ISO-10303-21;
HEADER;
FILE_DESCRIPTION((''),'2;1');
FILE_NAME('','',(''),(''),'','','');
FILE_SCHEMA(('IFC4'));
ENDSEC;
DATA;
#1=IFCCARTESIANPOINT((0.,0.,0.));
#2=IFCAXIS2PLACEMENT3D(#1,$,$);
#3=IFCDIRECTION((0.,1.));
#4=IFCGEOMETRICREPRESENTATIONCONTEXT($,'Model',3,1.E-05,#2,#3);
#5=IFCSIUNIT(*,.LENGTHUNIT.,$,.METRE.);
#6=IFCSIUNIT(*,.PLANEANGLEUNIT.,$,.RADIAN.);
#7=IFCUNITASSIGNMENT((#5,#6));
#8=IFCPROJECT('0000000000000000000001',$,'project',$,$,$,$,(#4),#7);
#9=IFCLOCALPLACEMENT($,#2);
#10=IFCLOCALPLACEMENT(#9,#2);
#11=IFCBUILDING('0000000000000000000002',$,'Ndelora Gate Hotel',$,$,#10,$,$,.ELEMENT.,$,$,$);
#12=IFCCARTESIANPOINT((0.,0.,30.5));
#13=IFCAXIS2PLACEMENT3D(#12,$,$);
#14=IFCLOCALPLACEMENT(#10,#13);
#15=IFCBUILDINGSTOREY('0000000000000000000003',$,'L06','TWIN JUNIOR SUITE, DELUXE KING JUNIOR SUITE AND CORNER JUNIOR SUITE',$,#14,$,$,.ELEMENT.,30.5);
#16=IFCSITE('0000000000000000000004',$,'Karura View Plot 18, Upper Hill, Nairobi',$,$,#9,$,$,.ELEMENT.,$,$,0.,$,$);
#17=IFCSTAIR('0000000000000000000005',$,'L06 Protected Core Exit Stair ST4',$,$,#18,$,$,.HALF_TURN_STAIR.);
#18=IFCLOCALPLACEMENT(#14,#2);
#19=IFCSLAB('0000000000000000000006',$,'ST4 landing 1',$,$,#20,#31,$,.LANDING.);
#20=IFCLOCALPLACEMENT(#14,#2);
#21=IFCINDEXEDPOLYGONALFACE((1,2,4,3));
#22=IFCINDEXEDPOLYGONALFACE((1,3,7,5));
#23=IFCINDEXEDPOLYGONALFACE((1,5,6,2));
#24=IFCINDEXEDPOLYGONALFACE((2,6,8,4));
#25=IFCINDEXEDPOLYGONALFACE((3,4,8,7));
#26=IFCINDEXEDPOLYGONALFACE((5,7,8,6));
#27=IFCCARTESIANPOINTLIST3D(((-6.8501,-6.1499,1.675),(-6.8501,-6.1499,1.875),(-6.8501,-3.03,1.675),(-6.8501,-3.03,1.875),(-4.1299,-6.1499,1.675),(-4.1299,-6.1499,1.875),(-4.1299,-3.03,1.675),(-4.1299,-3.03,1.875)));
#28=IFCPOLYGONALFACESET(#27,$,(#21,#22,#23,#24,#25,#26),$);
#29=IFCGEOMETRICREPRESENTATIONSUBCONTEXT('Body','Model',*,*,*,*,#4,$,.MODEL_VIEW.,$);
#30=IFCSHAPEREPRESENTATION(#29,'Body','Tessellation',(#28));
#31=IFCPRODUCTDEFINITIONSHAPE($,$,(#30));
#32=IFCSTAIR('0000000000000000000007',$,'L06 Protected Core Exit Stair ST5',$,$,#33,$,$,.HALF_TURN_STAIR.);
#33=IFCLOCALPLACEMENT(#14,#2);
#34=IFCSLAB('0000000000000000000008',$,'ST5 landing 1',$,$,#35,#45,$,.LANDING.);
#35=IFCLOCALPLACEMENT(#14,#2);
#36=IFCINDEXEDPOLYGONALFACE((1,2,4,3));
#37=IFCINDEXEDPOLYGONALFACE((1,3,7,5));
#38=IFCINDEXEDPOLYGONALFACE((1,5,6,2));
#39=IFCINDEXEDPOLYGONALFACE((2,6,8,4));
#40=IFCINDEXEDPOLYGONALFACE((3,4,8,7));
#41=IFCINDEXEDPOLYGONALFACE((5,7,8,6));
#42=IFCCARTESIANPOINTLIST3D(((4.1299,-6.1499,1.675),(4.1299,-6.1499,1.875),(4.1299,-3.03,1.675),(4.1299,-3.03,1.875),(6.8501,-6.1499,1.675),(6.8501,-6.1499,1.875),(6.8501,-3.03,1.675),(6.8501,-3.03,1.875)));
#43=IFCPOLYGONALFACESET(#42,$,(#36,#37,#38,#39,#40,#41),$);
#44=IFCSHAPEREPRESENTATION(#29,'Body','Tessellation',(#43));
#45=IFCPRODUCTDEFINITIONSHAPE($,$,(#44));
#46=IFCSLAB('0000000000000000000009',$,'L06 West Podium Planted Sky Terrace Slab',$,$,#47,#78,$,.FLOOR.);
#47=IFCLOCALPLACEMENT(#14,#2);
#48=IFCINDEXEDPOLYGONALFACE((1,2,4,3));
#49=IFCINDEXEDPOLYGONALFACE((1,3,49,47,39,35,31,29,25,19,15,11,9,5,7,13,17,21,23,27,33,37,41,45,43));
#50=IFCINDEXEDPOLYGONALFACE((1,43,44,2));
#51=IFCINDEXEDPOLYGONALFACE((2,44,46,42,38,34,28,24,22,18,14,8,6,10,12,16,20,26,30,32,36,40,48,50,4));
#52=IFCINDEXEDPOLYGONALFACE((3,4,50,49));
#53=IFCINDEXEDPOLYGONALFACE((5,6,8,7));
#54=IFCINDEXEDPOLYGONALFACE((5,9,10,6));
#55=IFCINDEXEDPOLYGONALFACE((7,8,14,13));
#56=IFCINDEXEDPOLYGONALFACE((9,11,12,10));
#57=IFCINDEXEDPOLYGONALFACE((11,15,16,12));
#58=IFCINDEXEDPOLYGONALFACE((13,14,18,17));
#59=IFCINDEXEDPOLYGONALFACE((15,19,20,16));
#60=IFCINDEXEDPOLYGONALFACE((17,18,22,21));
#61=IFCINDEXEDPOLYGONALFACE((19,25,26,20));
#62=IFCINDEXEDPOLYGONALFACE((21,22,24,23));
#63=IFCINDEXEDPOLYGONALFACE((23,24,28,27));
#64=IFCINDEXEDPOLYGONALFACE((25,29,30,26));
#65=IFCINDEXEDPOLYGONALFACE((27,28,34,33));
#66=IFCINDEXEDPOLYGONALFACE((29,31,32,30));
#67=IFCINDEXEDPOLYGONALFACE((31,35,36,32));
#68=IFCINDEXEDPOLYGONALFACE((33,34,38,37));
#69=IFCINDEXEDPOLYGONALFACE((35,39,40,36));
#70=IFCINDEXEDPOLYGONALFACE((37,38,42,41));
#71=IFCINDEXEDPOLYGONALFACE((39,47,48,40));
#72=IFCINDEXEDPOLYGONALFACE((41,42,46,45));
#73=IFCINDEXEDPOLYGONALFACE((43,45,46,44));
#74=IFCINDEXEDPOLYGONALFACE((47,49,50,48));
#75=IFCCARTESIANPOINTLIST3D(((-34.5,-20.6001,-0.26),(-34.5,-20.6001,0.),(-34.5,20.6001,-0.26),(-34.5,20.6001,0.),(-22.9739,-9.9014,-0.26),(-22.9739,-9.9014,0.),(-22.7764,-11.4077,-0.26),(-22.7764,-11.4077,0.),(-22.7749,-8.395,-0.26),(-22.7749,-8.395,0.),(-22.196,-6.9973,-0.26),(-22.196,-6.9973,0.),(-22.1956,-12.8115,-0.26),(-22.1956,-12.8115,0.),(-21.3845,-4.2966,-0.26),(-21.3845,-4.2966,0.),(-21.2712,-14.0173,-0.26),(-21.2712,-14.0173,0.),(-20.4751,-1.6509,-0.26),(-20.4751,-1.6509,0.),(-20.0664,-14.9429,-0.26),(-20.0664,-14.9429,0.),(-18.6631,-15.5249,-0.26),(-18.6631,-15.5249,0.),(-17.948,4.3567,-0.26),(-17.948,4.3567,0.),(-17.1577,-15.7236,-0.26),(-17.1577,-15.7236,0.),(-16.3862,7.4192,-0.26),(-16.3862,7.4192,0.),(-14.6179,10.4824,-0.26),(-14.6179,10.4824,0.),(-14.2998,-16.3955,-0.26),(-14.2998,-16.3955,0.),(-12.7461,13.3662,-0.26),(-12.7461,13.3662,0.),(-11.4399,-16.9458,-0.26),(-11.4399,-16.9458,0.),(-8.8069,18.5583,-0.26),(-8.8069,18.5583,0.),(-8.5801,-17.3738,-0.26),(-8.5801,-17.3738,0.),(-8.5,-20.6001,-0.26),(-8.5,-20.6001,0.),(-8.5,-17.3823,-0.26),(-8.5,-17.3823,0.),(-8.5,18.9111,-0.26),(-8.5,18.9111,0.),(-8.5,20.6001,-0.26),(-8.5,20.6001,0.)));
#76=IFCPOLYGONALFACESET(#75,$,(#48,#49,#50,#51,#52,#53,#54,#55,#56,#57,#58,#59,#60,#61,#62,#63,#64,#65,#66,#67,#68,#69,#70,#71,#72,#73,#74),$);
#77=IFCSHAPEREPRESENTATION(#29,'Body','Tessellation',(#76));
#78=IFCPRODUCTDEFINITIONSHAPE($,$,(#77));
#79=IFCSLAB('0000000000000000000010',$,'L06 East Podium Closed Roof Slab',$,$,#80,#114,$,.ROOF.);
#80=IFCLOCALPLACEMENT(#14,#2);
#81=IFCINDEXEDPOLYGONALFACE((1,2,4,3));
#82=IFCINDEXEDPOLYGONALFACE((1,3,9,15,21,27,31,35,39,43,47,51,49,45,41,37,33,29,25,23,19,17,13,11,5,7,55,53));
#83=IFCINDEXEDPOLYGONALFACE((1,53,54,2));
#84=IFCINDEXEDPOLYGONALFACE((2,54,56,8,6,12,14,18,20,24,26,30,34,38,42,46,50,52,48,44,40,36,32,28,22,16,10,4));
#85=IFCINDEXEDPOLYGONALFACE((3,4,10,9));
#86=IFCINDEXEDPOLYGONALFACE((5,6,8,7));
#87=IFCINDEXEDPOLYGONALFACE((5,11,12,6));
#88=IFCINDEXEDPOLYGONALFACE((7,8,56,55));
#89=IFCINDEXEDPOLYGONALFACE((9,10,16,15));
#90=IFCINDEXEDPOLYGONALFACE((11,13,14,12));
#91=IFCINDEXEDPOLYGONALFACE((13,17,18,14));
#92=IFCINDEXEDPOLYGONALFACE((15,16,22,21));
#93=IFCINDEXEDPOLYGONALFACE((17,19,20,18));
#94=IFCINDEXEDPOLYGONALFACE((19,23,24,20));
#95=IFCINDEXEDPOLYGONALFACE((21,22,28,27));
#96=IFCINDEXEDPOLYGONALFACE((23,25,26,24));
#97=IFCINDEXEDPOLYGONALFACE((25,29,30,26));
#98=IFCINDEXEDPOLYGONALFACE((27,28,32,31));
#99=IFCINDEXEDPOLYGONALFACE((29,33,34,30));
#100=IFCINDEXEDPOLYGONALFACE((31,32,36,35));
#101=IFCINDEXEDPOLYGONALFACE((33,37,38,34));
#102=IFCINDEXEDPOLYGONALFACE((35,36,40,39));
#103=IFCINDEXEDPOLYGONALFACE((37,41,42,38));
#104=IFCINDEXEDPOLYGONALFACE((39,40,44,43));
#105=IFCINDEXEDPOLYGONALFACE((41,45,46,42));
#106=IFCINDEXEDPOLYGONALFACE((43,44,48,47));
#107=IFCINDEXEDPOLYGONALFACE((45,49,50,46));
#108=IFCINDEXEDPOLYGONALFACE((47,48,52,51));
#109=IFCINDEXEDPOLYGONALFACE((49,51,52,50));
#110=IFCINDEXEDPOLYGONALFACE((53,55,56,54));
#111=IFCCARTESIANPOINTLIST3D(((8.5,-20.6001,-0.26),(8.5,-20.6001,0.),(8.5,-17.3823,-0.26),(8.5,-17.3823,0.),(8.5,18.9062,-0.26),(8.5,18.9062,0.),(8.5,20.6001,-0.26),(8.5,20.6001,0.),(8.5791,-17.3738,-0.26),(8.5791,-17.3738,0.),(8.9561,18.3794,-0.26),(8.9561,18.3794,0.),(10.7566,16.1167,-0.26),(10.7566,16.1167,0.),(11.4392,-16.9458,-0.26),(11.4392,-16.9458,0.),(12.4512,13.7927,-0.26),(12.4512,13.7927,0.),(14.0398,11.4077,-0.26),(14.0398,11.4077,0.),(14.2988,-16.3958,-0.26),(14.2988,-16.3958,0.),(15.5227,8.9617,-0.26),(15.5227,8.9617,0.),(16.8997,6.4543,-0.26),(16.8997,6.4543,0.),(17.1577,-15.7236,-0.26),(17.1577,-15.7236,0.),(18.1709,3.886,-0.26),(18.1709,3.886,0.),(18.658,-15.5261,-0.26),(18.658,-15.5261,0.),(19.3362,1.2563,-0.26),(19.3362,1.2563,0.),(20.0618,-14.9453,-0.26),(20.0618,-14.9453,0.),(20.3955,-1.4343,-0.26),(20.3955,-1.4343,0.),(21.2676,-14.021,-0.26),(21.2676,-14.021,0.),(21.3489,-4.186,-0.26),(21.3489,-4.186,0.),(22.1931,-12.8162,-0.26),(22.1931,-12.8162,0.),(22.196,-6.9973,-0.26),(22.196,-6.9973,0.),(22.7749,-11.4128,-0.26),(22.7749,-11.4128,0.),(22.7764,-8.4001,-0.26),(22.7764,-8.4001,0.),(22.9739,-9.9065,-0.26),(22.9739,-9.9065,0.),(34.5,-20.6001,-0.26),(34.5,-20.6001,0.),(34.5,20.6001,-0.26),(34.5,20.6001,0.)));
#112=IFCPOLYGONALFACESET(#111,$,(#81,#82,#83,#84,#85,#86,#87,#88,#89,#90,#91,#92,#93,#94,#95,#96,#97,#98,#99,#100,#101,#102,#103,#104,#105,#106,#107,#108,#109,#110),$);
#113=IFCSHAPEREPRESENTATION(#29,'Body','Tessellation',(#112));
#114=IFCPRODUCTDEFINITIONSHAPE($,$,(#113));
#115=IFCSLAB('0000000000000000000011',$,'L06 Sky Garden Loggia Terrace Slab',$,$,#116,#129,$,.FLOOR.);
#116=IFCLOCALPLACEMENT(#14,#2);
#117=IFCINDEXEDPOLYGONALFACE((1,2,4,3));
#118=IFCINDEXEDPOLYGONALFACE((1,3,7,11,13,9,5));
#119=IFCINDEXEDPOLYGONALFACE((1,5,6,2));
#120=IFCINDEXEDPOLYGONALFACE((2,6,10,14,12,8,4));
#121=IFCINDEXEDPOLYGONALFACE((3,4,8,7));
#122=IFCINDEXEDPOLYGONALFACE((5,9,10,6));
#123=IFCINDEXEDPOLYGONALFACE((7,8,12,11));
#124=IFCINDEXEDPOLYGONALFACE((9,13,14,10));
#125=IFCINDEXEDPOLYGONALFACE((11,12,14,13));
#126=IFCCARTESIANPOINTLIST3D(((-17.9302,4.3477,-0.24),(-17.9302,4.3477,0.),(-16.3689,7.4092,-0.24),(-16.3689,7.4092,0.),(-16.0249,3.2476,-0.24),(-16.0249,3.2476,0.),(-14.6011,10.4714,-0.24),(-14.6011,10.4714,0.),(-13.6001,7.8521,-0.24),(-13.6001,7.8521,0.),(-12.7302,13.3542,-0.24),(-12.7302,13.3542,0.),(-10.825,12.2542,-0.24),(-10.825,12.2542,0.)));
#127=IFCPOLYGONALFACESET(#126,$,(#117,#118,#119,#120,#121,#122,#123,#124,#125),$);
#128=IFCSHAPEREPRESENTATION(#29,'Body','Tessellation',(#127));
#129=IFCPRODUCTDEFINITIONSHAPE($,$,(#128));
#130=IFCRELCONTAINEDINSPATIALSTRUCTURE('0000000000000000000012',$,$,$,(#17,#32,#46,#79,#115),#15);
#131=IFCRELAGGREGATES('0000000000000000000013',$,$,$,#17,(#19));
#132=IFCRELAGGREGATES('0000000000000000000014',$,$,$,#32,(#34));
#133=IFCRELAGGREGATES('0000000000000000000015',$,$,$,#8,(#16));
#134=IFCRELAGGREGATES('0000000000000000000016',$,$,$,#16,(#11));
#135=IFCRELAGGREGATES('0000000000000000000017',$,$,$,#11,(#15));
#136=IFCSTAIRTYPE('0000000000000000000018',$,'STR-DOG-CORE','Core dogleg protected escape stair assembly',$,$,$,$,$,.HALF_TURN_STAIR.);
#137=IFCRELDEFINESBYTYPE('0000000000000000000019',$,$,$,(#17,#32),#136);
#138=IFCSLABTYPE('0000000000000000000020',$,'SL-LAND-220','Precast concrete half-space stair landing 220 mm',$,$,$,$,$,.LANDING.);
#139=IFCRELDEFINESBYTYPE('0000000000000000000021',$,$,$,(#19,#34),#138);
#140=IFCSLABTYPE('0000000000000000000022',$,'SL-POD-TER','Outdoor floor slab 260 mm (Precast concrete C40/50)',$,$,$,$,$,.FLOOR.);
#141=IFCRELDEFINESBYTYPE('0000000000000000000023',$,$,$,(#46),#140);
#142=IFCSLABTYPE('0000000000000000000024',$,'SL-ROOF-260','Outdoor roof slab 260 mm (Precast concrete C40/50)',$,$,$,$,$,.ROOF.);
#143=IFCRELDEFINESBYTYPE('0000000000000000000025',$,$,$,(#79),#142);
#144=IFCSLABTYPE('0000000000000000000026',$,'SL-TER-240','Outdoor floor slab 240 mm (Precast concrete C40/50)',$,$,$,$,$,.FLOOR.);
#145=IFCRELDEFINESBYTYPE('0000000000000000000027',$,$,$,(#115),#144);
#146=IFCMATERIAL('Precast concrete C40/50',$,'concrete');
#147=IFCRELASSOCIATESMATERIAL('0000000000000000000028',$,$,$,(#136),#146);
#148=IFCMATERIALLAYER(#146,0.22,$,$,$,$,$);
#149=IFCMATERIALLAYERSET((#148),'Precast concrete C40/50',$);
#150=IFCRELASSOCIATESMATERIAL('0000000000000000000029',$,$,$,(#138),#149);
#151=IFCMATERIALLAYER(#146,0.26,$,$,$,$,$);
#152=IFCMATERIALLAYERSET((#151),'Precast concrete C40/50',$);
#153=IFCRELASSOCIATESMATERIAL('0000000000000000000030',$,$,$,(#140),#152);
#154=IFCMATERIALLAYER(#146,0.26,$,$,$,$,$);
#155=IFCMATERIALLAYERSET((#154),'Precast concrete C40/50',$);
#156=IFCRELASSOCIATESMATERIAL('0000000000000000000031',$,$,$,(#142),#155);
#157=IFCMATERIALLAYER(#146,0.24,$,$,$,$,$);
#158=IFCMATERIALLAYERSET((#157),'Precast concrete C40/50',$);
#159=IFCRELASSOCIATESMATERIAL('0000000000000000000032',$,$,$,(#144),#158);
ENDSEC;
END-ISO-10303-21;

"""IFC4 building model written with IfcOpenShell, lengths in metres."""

from ifc_helpers import new_model, si_unit, direction, frame, origin, place, context, subcontext, project, spatial, polyline, outline, extrude, material, layer, layer_set, type_object, element, aggregate, save


model = new_model("IFC4")

# Units and contexts
model_context = context("Model", 3, precision=1e-05, world=origin(), true_north=direction((0.0, 1.0)))
body_context = subcontext(model_context, "Body", "Model", "MODEL_VIEW")
ifc_project = project(units=[si_unit("LENGTHUNIT", "METRE"), si_unit("PLANEANGLEUNIT", "RADIAN")], contexts=[model_context])

# Site, building, storey
site_placement = place(None, origin())
site = spatial("IfcSite", under=ifc_project, at=site_placement, Name="Karura View Plot 18, Upper Hill, Nairobi", CompositionType="ELEMENT", RefElevation=0.0)
building_placement = place(site_placement, origin())
building = spatial("IfcBuilding", under=site, at=building_placement, Name="Ndelora Gate Hotel", CompositionType="ELEMENT")
storey_placement = place(building_placement, frame((0.0, 0.0, 30.5)))
storey = spatial("IfcBuildingStorey", under=building, at=storey_placement, Name="L06", Description="TWIN JUNIOR SUITE, DELUXE KING JUNIOR SUITE AND CORNER JUNIOR SUITE", CompositionType="ELEMENT", Elevation=30.5)

# Stairs, slabs
ifc_material_1 = material(Name="Precast concrete C40/50", Category="concrete")
stair_type = type_object("IfcStairType", Name="STR-DOG-CORE", Description="Core dogleg protected escape stair assembly", PredefinedType="HALF_TURN_STAIR", material=ifc_material_1)
stair_1_placement = place(storey_placement, origin())
stair_1 = element("IfcStair", 1, at=stair_1_placement, inside=storey, type_object=stair_type, Name="L06 Protected Core Exit Stair ST4", PredefinedType="HALF_TURN_STAIR")
ifc_layer_1 = layer(ifc_material_1, 0.22)
ifc_layer_set_1 = layer_set([ifc_layer_1], Name="Precast concrete C40/50")
slab_type_1 = type_object("IfcSlabType", Name="SL-LAND-220", Description="Precast concrete half-space stair landing 220 mm", PredefinedType="LANDING", material=ifc_layer_set_1)
slab_1_placement = place(storey_placement, frame((0.0, 0.0, 1.675)))
slab_1 = element("IfcSlab", 2, at=slab_1_placement, type_object=slab_type_1, Name="ST4 landing 1", PredefinedType="LANDING", context=body_context, shape_type="SweptSolid", body=[
    extrude(outline(polyline([(-6.8501, -3.03), (-6.8501, -6.1499), (-4.1299, -6.1499), (-4.1299, -3.03), (-6.8501, -3.03)])), origin(), (0.0, 0.0, 1.0), 0.2),
])
aggregate(stair_1, [slab_1])
stair_2_placement = place(storey_placement, origin())
stair_2 = element("IfcStair", 3, at=stair_2_placement, inside=storey, type_object=stair_type, Name="L06 Protected Core Exit Stair ST5", PredefinedType="HALF_TURN_STAIR")
slab_2_placement = place(storey_placement, frame((0.0, 0.0, 1.675)))
slab_2 = element("IfcSlab", 4, at=slab_2_placement, type_object=slab_type_1, Name="ST5 landing 1", PredefinedType="LANDING", context=body_context, shape_type="SweptSolid", body=[
    extrude(outline(polyline([(4.1299, -3.03), (4.1299, -6.1499), (6.8501, -6.1499), (6.8501, -3.03), (4.1299, -3.03)])), origin(), (0.0, 0.0, 1.0), 0.2),
])

# Slabs
ifc_layer_2 = layer(ifc_material_1, 0.26)
ifc_layer_set_2 = layer_set([ifc_layer_2], Name="Precast concrete C40/50")
slab_type_2 = type_object("IfcSlabType", Name="SL-POD-TER", Description="Outdoor floor slab 260 mm (Precast concrete C40/50)", PredefinedType="FLOOR", material=ifc_layer_set_2)
slab_3_placement = place(storey_placement, frame((0.0, 0.0, -0.26)))
element("IfcSlab", 5, at=slab_3_placement, inside=storey, type_object=slab_type_2, Name="L06 West Podium Planted Sky Terrace Slab", PredefinedType="FLOOR", context=body_context, shape_type="SweptSolid", body=[
    extrude(outline(polyline([(-8.5, -17.3823), (-8.5801, -17.3738), (-11.4399, -16.9458), (-14.2998, -16.3955), (-17.1577, -15.7236), (-18.6631, -15.5249), (-20.0664, -14.9429), (-21.2712, -14.0173), (-22.1956, -12.8115), (-22.7764, -11.4077), (-22.9739, -9.9014), (-22.7749, -8.395), (-22.196, -6.9973), (-21.3845, -4.2966), (-20.4751, -1.6509), (-17.948, 4.3567), (-16.3862, 7.4192), (-14.6179, 10.4824), (-12.7461, 13.3662), (-8.8069, 18.5583), (-8.5, 18.9111), (-8.5, 20.6001), (-34.5, 20.6001), (-34.5, -20.6001), (-8.5, -20.6001), (-8.5, -17.3823)])), origin(), (0.0, 0.0, 1.0), 0.26),
])
ifc_layer_3 = layer(ifc_material_1, 0.26)
ifc_layer_set_3 = layer_set([ifc_layer_3], Name="Precast concrete C40/50")
slab_type_3 = type_object("IfcSlabType", Name="SL-ROOF-260", Description="Outdoor roof slab 260 mm (Precast concrete C40/50)", PredefinedType="ROOF", material=ifc_layer_set_3)
slab_4_placement = place(storey_placement, frame((0.0, 0.0, -0.26)))
element("IfcSlab", 6, at=slab_4_placement, inside=storey, type_object=slab_type_3, Name="L06 East Podium Closed Roof Slab", PredefinedType="ROOF", context=body_context, shape_type="SweptSolid", body=[
    extrude(outline(polyline([(8.5, 18.9062), (8.9561, 18.3794), (10.7566, 16.1167), (12.4512, 13.7927), (14.0398, 11.4077), (15.5227, 8.9617), (16.8997, 6.4543), (18.1709, 3.886), (19.3362, 1.2563), (20.3955, -1.4343), (21.3489, -4.186), (22.196, -6.9973), (22.7764, -8.4001), (22.9739, -9.9065), (22.7749, -11.4128), (22.1931, -12.8162), (21.2676, -14.021), (20.0618, -14.9453), (18.658, -15.5261), (17.1577, -15.7236), (14.2988, -16.3958), (11.4392, -16.9458), (8.5791, -17.3738), (8.5, -17.3823), (8.5, -20.6001), (34.5, -20.6001), (34.5, 20.6001), (8.5, 20.6001), (8.5, 18.9062)])), origin(), (0.0, 0.0, 1.0), 0.26),
])
ifc_layer_4 = layer(ifc_material_1, 0.24)
ifc_layer_set_4 = layer_set([ifc_layer_4], Name="Precast concrete C40/50")
slab_type_4 = type_object("IfcSlabType", Name="SL-TER-240", Description="Outdoor floor slab 240 mm (Precast concrete C40/50)", PredefinedType="FLOOR", material=ifc_layer_set_4)
slab_5_placement = place(storey_placement, frame((0.0, 0.0, -0.24)))
element("IfcSlab", 7, at=slab_5_placement, inside=storey, type_object=slab_type_4, Name="L06 Sky Garden Loggia Terrace Slab", PredefinedType="FLOOR", context=body_context, shape_type="SweptSolid", body=[
    extrude(outline(polyline([(-10.825, 12.2542), (-12.7302, 13.3542), (-14.6011, 10.4714), (-16.3689, 7.4092), (-17.9302, 4.3477), (-16.0249, 3.2476), (-13.6001, 7.8521), (-10.825, 12.2542)])), origin(), (0.0, 0.0, 1.0), 0.24),
])

aggregate(stair_2, [slab_2])

save(model, "model.ifc")
